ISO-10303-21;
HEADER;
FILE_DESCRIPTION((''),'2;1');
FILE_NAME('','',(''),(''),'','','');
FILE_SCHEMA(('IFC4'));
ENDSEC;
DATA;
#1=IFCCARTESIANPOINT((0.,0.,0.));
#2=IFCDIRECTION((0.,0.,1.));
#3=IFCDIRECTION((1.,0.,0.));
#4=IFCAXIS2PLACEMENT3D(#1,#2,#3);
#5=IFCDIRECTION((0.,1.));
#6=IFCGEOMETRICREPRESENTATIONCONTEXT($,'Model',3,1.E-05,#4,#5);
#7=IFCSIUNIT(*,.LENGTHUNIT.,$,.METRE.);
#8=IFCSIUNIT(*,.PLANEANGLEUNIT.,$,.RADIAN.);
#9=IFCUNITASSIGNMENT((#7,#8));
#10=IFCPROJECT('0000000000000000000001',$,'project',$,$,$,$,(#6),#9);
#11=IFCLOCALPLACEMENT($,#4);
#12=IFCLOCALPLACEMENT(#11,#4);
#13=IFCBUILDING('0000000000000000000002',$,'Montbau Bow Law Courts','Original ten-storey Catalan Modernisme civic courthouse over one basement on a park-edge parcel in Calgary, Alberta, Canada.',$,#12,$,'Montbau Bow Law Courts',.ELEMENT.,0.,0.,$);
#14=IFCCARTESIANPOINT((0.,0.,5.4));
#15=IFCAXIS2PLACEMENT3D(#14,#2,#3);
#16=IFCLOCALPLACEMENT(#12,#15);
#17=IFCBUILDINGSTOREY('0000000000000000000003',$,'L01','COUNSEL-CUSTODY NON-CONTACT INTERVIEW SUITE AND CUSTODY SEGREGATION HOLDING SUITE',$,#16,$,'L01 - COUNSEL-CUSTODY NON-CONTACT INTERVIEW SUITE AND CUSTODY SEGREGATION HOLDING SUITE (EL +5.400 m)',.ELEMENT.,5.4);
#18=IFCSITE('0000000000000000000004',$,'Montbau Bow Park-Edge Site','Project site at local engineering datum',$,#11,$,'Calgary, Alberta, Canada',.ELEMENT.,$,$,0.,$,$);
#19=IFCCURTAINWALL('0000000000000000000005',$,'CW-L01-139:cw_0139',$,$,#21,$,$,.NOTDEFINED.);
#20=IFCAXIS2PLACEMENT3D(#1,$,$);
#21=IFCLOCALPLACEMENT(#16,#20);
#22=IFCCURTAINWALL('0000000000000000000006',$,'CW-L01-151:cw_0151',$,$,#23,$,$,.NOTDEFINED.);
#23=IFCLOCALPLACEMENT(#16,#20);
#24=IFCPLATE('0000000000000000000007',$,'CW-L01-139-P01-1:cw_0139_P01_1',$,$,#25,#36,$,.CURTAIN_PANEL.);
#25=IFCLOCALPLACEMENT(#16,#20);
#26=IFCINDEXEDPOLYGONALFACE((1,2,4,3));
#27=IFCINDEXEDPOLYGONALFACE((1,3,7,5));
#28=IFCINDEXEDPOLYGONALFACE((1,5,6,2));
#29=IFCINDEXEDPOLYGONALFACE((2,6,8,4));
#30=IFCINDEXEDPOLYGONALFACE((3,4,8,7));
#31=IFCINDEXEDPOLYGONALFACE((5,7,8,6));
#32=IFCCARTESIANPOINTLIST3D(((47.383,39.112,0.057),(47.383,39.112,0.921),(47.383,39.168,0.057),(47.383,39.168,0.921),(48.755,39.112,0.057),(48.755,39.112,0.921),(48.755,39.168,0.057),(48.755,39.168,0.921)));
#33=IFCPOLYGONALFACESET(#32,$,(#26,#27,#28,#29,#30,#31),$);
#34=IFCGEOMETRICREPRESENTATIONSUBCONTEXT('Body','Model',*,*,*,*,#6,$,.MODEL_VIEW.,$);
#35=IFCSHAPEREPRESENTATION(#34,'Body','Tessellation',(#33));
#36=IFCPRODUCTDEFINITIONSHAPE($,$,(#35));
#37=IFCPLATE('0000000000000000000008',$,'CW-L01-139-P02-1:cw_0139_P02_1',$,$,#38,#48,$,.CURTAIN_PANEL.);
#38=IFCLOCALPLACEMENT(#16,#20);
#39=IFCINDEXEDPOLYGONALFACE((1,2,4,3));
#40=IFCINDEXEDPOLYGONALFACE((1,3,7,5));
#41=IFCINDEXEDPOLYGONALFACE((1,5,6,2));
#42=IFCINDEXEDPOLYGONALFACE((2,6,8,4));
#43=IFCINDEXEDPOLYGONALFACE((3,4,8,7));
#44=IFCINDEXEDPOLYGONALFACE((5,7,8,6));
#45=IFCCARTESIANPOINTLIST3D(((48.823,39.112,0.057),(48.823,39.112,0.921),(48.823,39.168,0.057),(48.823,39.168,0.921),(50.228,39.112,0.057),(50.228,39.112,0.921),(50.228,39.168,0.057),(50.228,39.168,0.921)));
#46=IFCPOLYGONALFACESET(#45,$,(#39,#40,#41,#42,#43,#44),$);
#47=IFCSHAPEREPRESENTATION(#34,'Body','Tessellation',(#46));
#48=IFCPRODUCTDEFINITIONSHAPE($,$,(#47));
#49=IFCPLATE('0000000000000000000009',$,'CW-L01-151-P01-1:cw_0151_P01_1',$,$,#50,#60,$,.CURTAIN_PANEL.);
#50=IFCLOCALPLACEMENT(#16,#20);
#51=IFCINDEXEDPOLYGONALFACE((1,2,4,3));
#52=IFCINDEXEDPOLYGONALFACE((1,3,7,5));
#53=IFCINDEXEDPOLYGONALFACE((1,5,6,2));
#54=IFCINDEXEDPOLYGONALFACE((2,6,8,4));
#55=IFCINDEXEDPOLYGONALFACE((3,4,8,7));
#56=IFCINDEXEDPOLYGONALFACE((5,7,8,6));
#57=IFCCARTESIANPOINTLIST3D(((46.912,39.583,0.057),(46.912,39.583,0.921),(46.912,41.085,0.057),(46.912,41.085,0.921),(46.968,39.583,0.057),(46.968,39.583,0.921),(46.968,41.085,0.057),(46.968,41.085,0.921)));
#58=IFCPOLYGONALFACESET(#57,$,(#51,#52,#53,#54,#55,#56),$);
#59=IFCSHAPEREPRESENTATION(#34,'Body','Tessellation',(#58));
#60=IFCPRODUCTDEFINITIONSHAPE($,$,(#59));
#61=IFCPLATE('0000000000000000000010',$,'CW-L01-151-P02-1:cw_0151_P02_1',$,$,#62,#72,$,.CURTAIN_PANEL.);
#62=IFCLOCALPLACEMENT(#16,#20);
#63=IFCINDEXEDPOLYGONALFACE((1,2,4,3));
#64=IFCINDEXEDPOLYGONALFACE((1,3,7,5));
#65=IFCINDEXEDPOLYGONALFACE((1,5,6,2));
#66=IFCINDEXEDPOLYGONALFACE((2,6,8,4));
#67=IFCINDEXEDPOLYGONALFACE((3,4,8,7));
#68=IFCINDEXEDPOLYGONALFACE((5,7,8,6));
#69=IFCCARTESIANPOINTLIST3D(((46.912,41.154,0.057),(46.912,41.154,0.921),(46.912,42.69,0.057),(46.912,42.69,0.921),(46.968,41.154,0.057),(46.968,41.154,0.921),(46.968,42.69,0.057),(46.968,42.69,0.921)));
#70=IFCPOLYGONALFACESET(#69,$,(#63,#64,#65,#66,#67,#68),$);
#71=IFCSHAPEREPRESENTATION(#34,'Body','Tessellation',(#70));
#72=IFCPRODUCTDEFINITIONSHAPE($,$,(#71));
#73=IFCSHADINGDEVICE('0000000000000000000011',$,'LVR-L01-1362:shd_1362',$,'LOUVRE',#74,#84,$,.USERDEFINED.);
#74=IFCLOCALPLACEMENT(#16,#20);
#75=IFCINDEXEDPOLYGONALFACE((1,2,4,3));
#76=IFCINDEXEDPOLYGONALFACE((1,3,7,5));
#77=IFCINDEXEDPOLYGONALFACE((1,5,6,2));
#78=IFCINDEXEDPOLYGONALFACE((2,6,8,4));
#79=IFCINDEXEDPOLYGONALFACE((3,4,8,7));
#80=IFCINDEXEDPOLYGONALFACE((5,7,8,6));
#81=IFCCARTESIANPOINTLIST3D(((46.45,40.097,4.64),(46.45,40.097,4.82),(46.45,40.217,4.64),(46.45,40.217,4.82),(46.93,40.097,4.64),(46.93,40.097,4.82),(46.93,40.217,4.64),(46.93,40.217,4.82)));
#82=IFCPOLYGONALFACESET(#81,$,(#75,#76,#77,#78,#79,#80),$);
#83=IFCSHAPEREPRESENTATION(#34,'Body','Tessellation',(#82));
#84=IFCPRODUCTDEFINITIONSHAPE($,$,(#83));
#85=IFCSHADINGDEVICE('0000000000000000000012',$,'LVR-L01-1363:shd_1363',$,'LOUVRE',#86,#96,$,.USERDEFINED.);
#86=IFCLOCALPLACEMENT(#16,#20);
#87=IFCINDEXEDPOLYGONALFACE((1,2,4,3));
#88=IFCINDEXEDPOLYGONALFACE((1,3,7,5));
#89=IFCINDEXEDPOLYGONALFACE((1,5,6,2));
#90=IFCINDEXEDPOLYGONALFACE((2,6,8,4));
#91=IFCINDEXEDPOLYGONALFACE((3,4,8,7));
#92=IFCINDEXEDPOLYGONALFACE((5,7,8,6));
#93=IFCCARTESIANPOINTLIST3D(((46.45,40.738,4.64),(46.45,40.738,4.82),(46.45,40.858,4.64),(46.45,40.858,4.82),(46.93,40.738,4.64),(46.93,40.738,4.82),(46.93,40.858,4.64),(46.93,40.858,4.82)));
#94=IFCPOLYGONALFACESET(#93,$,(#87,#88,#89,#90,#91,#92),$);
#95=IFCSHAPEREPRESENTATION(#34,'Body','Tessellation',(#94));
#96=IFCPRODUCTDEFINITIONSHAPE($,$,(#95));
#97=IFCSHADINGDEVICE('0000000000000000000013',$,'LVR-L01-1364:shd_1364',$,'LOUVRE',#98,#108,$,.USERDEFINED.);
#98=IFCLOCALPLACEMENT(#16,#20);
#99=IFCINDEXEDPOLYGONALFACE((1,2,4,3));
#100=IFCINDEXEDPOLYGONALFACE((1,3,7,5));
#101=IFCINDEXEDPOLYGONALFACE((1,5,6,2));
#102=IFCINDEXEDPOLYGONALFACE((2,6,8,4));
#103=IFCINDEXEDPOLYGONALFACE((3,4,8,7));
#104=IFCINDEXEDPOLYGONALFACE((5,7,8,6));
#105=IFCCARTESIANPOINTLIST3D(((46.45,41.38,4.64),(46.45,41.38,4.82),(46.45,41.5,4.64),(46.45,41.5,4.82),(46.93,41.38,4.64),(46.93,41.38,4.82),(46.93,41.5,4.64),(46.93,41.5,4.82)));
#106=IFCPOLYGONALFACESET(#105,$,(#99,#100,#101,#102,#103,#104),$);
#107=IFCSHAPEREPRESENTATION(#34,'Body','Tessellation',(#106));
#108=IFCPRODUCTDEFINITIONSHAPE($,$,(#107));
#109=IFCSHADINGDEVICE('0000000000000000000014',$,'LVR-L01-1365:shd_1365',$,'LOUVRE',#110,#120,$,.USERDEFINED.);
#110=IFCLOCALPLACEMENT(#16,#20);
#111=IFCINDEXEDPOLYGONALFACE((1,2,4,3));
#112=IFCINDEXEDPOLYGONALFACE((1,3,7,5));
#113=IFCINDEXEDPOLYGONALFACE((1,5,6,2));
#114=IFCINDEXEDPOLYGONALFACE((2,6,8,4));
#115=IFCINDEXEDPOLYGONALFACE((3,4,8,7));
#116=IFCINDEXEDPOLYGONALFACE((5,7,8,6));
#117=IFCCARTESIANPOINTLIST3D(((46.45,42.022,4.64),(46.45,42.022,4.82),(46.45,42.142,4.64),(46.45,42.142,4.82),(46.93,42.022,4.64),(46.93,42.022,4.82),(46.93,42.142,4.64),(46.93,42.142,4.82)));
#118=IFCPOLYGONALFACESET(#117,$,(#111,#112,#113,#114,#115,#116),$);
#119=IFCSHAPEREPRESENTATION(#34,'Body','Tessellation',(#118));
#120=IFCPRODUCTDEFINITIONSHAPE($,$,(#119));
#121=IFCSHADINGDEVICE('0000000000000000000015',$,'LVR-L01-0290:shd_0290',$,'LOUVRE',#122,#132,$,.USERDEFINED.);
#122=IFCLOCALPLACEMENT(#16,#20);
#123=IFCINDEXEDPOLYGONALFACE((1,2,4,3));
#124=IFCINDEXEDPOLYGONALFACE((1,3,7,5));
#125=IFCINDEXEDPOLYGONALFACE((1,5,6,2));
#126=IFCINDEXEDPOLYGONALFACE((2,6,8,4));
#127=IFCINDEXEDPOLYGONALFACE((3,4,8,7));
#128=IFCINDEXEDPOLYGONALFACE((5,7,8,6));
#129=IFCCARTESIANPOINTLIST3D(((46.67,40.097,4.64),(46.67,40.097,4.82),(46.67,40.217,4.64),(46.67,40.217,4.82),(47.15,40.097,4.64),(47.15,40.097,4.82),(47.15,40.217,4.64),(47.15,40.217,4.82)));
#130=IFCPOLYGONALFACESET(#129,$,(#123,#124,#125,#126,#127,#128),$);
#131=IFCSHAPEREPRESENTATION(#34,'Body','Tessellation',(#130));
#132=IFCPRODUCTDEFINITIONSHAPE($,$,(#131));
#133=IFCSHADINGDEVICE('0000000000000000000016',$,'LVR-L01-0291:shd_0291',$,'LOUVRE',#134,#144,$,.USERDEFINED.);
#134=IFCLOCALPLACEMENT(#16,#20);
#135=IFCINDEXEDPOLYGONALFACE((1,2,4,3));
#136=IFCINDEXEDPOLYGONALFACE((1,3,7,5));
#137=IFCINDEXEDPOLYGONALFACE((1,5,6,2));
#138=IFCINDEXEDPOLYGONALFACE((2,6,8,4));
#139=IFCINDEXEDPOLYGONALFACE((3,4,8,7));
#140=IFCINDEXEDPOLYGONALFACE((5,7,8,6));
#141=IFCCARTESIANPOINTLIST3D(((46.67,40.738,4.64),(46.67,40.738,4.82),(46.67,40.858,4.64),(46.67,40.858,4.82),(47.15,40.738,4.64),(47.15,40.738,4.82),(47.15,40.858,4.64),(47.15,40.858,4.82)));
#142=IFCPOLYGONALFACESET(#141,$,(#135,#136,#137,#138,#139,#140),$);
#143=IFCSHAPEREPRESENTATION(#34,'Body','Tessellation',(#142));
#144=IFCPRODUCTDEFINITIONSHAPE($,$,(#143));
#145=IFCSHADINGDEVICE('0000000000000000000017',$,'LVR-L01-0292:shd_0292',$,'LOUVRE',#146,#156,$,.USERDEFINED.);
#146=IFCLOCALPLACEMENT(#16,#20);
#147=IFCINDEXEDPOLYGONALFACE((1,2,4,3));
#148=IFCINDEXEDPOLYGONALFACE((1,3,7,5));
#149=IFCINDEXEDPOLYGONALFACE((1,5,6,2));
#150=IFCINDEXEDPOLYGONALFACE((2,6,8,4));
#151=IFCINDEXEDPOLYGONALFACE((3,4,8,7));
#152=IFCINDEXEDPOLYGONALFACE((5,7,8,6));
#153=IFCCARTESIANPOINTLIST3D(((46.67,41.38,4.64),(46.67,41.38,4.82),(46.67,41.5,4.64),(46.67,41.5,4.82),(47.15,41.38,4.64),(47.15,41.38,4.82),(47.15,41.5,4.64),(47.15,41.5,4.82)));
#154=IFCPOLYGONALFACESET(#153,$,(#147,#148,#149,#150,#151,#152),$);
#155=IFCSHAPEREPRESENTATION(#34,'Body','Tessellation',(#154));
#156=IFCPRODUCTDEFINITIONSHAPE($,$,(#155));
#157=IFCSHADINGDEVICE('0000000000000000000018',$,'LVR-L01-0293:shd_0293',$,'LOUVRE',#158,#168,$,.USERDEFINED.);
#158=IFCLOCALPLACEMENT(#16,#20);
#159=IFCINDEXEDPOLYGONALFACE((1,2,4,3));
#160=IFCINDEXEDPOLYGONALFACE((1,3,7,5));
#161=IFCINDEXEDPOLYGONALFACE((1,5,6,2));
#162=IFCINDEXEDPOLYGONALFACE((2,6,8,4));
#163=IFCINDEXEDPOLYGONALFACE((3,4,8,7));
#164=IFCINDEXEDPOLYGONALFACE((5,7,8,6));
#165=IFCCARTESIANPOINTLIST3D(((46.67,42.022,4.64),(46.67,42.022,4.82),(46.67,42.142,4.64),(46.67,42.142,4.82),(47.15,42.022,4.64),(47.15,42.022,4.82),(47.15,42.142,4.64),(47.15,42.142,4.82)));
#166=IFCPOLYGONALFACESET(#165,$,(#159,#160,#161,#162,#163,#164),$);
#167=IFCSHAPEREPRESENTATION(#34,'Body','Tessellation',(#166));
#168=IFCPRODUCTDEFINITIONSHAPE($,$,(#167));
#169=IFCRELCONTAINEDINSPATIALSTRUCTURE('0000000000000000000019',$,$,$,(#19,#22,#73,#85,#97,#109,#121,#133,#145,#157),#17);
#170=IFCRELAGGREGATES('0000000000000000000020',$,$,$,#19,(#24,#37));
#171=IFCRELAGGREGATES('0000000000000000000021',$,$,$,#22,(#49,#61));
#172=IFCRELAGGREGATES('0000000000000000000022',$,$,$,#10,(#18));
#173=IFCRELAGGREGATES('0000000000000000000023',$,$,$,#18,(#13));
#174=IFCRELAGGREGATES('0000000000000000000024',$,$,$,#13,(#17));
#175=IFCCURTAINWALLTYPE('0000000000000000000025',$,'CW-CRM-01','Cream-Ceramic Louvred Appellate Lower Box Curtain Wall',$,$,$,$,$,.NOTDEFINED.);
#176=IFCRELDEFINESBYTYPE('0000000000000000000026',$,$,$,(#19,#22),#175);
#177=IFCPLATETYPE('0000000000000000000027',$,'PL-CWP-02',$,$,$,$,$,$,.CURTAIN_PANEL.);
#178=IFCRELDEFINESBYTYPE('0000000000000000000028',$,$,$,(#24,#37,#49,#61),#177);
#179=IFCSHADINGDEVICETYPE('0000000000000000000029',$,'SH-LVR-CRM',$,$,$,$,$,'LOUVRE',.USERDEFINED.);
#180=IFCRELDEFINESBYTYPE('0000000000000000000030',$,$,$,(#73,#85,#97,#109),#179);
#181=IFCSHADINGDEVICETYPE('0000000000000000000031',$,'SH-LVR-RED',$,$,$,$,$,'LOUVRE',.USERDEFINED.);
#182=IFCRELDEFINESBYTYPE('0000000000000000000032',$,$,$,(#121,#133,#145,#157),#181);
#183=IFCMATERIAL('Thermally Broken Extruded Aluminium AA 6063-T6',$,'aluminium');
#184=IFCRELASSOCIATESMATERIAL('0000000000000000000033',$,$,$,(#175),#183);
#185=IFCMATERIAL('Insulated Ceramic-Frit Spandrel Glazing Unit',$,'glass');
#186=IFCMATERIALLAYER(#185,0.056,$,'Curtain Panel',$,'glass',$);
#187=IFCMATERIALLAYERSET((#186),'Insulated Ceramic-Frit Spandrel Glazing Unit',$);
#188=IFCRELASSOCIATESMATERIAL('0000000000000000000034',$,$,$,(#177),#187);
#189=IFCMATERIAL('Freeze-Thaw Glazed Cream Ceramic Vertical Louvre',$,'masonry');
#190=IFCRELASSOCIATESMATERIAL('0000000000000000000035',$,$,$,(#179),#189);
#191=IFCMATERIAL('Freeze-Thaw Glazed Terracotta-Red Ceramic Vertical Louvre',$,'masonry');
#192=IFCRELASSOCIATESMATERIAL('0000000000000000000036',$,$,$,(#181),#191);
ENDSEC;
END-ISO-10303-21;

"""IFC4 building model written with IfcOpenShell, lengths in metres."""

from ifc_helpers import new_model, si_unit, direction, frame, frame_2d, origin_with_axes, origin_2d_with_axis, place, context, subcontext, project, spatial, rectangle, extrude, material, layer, layer_set, type_object, element, aggregate, save


model = new_model("IFC4")

# Units and contexts
model_context = context("Model", 3, precision=1e-05, world=origin_with_axes(), true_north=direction((0.0, 1.0)))
body_context = subcontext(model_context, "Body", "Model", "MODEL_VIEW")
ifc_project = project(units=[si_unit("LENGTHUNIT", "METRE"), si_unit("PLANEANGLEUNIT", "RADIAN")], contexts=[model_context])

# Site, building, storey
site_placement = place(None, origin_with_axes())
site = spatial("IfcSite", under=ifc_project, at=site_placement, Name="Montbau Bow Park-Edge Site", Description="Project site at local engineering datum", LongName="Calgary, Alberta, Canada", CompositionType="ELEMENT", RefElevation=0.0)
building_placement = place(site_placement, origin_with_axes())
building = spatial("IfcBuilding", under=site, at=building_placement, Name="Montbau Bow Law Courts", Description="Original ten-storey Catalan Modernisme civic courthouse over one basement on a park-edge parcel in Calgary, Alberta, Canada.", LongName="Montbau Bow Law Courts", CompositionType="ELEMENT", ElevationOfRefHeight=0.0, ElevationOfTerrain=0.0)
storey_placement = place(building_placement, frame((0.0, 0.0, 5.4), z_axis=(0.0, 0.0, 1.0), x_axis=(1.0, 0.0, 0.0)))
storey = spatial("IfcBuildingStorey", under=building, at=storey_placement, Name="L01", Description="COUNSEL-CUSTODY NON-CONTACT INTERVIEW SUITE AND CUSTODY SEGREGATION HOLDING SUITE", LongName="L01 - COUNSEL-CUSTODY NON-CONTACT INTERVIEW SUITE AND CUSTODY SEGREGATION HOLDING SUITE (EL +5.400 m)", CompositionType="ELEMENT", Elevation=5.4)

# Curtain walls
ifc_material_1 = material(Name="Thermally Broken Extruded Aluminium AA 6063-T6", Category="aluminium")
curtain_wall_type_1 = type_object("IfcCurtainWallType", Name="CW-CRM-01", Description="Cream-Ceramic Louvred Appellate Lower Box Curtain Wall", PredefinedType="NOTDEFINED", material=ifc_material_1)
curtain_wall_1_placement = place(None, frame((47.315, 39.14, 5.4), z_axis=(0.0, 0.0, 1.0), x_axis=(1.0, 0.0, 0.0)))
curtain_wall_1 = element("IfcCurtainWall", 1, at=curtain_wall_1_placement, inside=storey, type_object=curtain_wall_type_1, Name="CW-L01-139:cw_0139", PredefinedType="NOTDEFINED")
curtain_wall_2_placement = place(None, frame((46.94, 39.515, 5.4), z_axis=(0.0, 0.0, 1.0), x_axis=(1.0, 0.0, 0.0)))
curtain_wall_2 = element("IfcCurtainWall", 2, at=curtain_wall_2_placement, inside=storey, type_object=curtain_wall_type_1, Name="CW-L01-151:cw_0151", PredefinedType="NOTDEFINED")

# Plates
ifc_material_2 = material(Name="Insulated Ceramic-Frit Spandrel Glazing Unit", Category="glass")
ifc_layer_1 = layer(ifc_material_2, 0.056, Name="Curtain Panel", Category="glass")
ifc_layer_set_1 = layer_set([ifc_layer_1], Name="Insulated Ceramic-Frit Spandrel Glazing Unit")
plate_type_1 = type_object("IfcPlateType", Name="PL-CWP-02", PredefinedType="CURTAIN_PANEL", material=ifc_layer_set_1)
plate_1_placement = place(None, frame((47.383, 39.14, 5.457), z_axis=(0.0, -1.0, 0.0), x_axis=(1.0, 0.0, 0.0)))
plate_1 = element("IfcPlate", 3, at=plate_1_placement, type_object=plate_type_1, Name="CW-L01-139-P01-1:cw_0139_P01_1", PredefinedType="CURTAIN_PANEL", context=body_context, shape_type="SweptSolid", body=[
    extrude(rectangle(XDim=1.372, YDim=0.864, at=frame_2d((0.686, 0.432), x_axis=(1.0, 0.0))), frame((0.0, 0.0, -0.028), z_axis=(0.0, 0.0, 1.0), x_axis=(1.0, 0.0, 0.0)), (0.0, 0.0, 1.0), 0.056),
])
plate_2_placement = place(None, frame((48.823, 39.14, 5.457), z_axis=(0.0, -1.0, 0.0), x_axis=(1.0, 0.0, 0.0)))
plate_2 = element("IfcPlate", 4, at=plate_2_placement, type_object=plate_type_1, Name="CW-L01-139-P02-1:cw_0139_P02_1", PredefinedType="CURTAIN_PANEL", context=body_context, shape_type="SweptSolid", body=[
    extrude(rectangle(XDim=1.405, YDim=0.864, at=frame_2d((0.7025, 0.432), x_axis=(1.0, 0.0))), frame((0.0, 0.0, -0.028), z_axis=(0.0, 0.0, 1.0), x_axis=(1.0, 0.0, 0.0)), (0.0, 0.0, 1.0), 0.056),
])
aggregate(curtain_wall_1, [plate_1, plate_2])
plate_3_placement = place(None, frame((46.94, 39.583, 5.457), z_axis=(1.0, 0.0, 0.0), x_axis=(0.0, 1.0, 0.0)))
plate_3 = element("IfcPlate", 5, at=plate_3_placement, type_object=plate_type_1, Name="CW-L01-151-P01-1:cw_0151_P01_1", PredefinedType="CURTAIN_PANEL", context=body_context, shape_type="SweptSolid", body=[
    extrude(rectangle(XDim=1.502, YDim=0.864, at=frame_2d((0.751, 0.432), x_axis=(1.0, 0.0))), frame((0.0, 0.0, -0.028), z_axis=(0.0, 0.0, 1.0), x_axis=(1.0, 0.0, 0.0)), (0.0, 0.0, 1.0), 0.056),
])
plate_4_placement = place(None, frame((46.94, 41.154, 5.457), z_axis=(1.0, 0.0, 0.0), x_axis=(0.0, 1.0, 0.0)))
plate_4 = element("IfcPlate", 6, at=plate_4_placement, type_object=plate_type_1, Name="CW-L01-151-P02-1:cw_0151_P02_1", PredefinedType="CURTAIN_PANEL", context=body_context, shape_type="SweptSolid", body=[
    extrude(rectangle(XDim=1.536, YDim=0.864, at=frame_2d((0.768, 0.432), x_axis=(1.0, 0.0))), frame((0.0, 0.0, -0.028), z_axis=(0.0, 0.0, 1.0), x_axis=(1.0, 0.0, 0.0)), (0.0, 0.0, 1.0), 0.056),
])
aggregate(curtain_wall_2, [plate_3, plate_4])

# Shading devices
ifc_material_3 = material(Name="Freeze-Thaw Glazed Cream Ceramic Vertical Louvre", Category="masonry")
shading_device_type_1 = type_object("IfcShadingDeviceType", Name="SH-LVR-CRM", ElementType="LOUVRE", PredefinedType="USERDEFINED", material=ifc_material_3)
for number, where, z_axis, x_axis, name in (
    (7, (46.69, 40.157, 10.04), (0.0, 0.0, 1.0), (-1.0, 0.0, 0.0), "LVR-L01-1362:shd_1362"),
    (8, (46.69, 40.798, 10.04), (0.0, 0.0, 1.0), (-1.0, 0.0, 0.0), "LVR-L01-1363:shd_1363"),
    (9, (46.69, 41.44, 10.04), (0.0, 0.0, 1.0), (-1.0, 0.0, 0.0), "LVR-L01-1364:shd_1364"),
    (10, (46.69, 42.082, 10.04), (0.0, 0.0, 1.0), (-1.0, 0.0, 0.0), "LVR-L01-1365:shd_1365"),
):
    element("IfcShadingDevice", number, at=place(None, frame(where, z_axis=z_axis, x_axis=x_axis)), inside=storey, type_object=shading_device_type_1, Name=name, ObjectType="LOUVRE", PredefinedType="USERDEFINED", context=body_context, shape_type="SweptSolid", body=[
        extrude(rectangle(XDim=0.48, YDim=0.12, at=origin_2d_with_axis()), origin_with_axes(), (0.0, 0.0, 1.0), 0.18),
    ])
ifc_material_4 = material(Name="Freeze-Thaw Glazed Terracotta-Red Ceramic Vertical Louvre", Category="masonry")
shading_device_type_2 = type_object("IfcShadingDeviceType", Name="SH-LVR-RED", ElementType="LOUVRE", PredefinedType="USERDEFINED", material=ifc_material_4)
for number, where, z_axis, x_axis, name in (
    (11, (46.91, 40.157, 10.04), (0.0, 0.0, 1.0), (1.0, 0.0, 0.0), "LVR-L01-0290:shd_0290"),
    (12, (46.91, 40.798, 10.04), (0.0, 0.0, 1.0), (1.0, 0.0, 0.0), "LVR-L01-0291:shd_0291"),
    (13, (46.91, 41.44, 10.04), (0.0, 0.0, 1.0), (1.0, 0.0, 0.0), "LVR-L01-0292:shd_0292"),
    (14, (46.91, 42.082, 10.04), (0.0, 0.0, 1.0), (1.0, 0.0, 0.0), "LVR-L01-0293:shd_0293"),
):
    element("IfcShadingDevice", number, at=place(None, frame(where, z_axis=z_axis, x_axis=x_axis)), inside=storey, type_object=shading_device_type_2, Name=name, ObjectType="LOUVRE", PredefinedType="USERDEFINED", context=body_context, shape_type="SweptSolid", body=[
        extrude(rectangle(XDim=0.48, YDim=0.12, at=origin_2d_with_axis()), origin_with_axes(), (0.0, 0.0, 1.0), 0.18),
    ])

save(model, "model.ifc")
